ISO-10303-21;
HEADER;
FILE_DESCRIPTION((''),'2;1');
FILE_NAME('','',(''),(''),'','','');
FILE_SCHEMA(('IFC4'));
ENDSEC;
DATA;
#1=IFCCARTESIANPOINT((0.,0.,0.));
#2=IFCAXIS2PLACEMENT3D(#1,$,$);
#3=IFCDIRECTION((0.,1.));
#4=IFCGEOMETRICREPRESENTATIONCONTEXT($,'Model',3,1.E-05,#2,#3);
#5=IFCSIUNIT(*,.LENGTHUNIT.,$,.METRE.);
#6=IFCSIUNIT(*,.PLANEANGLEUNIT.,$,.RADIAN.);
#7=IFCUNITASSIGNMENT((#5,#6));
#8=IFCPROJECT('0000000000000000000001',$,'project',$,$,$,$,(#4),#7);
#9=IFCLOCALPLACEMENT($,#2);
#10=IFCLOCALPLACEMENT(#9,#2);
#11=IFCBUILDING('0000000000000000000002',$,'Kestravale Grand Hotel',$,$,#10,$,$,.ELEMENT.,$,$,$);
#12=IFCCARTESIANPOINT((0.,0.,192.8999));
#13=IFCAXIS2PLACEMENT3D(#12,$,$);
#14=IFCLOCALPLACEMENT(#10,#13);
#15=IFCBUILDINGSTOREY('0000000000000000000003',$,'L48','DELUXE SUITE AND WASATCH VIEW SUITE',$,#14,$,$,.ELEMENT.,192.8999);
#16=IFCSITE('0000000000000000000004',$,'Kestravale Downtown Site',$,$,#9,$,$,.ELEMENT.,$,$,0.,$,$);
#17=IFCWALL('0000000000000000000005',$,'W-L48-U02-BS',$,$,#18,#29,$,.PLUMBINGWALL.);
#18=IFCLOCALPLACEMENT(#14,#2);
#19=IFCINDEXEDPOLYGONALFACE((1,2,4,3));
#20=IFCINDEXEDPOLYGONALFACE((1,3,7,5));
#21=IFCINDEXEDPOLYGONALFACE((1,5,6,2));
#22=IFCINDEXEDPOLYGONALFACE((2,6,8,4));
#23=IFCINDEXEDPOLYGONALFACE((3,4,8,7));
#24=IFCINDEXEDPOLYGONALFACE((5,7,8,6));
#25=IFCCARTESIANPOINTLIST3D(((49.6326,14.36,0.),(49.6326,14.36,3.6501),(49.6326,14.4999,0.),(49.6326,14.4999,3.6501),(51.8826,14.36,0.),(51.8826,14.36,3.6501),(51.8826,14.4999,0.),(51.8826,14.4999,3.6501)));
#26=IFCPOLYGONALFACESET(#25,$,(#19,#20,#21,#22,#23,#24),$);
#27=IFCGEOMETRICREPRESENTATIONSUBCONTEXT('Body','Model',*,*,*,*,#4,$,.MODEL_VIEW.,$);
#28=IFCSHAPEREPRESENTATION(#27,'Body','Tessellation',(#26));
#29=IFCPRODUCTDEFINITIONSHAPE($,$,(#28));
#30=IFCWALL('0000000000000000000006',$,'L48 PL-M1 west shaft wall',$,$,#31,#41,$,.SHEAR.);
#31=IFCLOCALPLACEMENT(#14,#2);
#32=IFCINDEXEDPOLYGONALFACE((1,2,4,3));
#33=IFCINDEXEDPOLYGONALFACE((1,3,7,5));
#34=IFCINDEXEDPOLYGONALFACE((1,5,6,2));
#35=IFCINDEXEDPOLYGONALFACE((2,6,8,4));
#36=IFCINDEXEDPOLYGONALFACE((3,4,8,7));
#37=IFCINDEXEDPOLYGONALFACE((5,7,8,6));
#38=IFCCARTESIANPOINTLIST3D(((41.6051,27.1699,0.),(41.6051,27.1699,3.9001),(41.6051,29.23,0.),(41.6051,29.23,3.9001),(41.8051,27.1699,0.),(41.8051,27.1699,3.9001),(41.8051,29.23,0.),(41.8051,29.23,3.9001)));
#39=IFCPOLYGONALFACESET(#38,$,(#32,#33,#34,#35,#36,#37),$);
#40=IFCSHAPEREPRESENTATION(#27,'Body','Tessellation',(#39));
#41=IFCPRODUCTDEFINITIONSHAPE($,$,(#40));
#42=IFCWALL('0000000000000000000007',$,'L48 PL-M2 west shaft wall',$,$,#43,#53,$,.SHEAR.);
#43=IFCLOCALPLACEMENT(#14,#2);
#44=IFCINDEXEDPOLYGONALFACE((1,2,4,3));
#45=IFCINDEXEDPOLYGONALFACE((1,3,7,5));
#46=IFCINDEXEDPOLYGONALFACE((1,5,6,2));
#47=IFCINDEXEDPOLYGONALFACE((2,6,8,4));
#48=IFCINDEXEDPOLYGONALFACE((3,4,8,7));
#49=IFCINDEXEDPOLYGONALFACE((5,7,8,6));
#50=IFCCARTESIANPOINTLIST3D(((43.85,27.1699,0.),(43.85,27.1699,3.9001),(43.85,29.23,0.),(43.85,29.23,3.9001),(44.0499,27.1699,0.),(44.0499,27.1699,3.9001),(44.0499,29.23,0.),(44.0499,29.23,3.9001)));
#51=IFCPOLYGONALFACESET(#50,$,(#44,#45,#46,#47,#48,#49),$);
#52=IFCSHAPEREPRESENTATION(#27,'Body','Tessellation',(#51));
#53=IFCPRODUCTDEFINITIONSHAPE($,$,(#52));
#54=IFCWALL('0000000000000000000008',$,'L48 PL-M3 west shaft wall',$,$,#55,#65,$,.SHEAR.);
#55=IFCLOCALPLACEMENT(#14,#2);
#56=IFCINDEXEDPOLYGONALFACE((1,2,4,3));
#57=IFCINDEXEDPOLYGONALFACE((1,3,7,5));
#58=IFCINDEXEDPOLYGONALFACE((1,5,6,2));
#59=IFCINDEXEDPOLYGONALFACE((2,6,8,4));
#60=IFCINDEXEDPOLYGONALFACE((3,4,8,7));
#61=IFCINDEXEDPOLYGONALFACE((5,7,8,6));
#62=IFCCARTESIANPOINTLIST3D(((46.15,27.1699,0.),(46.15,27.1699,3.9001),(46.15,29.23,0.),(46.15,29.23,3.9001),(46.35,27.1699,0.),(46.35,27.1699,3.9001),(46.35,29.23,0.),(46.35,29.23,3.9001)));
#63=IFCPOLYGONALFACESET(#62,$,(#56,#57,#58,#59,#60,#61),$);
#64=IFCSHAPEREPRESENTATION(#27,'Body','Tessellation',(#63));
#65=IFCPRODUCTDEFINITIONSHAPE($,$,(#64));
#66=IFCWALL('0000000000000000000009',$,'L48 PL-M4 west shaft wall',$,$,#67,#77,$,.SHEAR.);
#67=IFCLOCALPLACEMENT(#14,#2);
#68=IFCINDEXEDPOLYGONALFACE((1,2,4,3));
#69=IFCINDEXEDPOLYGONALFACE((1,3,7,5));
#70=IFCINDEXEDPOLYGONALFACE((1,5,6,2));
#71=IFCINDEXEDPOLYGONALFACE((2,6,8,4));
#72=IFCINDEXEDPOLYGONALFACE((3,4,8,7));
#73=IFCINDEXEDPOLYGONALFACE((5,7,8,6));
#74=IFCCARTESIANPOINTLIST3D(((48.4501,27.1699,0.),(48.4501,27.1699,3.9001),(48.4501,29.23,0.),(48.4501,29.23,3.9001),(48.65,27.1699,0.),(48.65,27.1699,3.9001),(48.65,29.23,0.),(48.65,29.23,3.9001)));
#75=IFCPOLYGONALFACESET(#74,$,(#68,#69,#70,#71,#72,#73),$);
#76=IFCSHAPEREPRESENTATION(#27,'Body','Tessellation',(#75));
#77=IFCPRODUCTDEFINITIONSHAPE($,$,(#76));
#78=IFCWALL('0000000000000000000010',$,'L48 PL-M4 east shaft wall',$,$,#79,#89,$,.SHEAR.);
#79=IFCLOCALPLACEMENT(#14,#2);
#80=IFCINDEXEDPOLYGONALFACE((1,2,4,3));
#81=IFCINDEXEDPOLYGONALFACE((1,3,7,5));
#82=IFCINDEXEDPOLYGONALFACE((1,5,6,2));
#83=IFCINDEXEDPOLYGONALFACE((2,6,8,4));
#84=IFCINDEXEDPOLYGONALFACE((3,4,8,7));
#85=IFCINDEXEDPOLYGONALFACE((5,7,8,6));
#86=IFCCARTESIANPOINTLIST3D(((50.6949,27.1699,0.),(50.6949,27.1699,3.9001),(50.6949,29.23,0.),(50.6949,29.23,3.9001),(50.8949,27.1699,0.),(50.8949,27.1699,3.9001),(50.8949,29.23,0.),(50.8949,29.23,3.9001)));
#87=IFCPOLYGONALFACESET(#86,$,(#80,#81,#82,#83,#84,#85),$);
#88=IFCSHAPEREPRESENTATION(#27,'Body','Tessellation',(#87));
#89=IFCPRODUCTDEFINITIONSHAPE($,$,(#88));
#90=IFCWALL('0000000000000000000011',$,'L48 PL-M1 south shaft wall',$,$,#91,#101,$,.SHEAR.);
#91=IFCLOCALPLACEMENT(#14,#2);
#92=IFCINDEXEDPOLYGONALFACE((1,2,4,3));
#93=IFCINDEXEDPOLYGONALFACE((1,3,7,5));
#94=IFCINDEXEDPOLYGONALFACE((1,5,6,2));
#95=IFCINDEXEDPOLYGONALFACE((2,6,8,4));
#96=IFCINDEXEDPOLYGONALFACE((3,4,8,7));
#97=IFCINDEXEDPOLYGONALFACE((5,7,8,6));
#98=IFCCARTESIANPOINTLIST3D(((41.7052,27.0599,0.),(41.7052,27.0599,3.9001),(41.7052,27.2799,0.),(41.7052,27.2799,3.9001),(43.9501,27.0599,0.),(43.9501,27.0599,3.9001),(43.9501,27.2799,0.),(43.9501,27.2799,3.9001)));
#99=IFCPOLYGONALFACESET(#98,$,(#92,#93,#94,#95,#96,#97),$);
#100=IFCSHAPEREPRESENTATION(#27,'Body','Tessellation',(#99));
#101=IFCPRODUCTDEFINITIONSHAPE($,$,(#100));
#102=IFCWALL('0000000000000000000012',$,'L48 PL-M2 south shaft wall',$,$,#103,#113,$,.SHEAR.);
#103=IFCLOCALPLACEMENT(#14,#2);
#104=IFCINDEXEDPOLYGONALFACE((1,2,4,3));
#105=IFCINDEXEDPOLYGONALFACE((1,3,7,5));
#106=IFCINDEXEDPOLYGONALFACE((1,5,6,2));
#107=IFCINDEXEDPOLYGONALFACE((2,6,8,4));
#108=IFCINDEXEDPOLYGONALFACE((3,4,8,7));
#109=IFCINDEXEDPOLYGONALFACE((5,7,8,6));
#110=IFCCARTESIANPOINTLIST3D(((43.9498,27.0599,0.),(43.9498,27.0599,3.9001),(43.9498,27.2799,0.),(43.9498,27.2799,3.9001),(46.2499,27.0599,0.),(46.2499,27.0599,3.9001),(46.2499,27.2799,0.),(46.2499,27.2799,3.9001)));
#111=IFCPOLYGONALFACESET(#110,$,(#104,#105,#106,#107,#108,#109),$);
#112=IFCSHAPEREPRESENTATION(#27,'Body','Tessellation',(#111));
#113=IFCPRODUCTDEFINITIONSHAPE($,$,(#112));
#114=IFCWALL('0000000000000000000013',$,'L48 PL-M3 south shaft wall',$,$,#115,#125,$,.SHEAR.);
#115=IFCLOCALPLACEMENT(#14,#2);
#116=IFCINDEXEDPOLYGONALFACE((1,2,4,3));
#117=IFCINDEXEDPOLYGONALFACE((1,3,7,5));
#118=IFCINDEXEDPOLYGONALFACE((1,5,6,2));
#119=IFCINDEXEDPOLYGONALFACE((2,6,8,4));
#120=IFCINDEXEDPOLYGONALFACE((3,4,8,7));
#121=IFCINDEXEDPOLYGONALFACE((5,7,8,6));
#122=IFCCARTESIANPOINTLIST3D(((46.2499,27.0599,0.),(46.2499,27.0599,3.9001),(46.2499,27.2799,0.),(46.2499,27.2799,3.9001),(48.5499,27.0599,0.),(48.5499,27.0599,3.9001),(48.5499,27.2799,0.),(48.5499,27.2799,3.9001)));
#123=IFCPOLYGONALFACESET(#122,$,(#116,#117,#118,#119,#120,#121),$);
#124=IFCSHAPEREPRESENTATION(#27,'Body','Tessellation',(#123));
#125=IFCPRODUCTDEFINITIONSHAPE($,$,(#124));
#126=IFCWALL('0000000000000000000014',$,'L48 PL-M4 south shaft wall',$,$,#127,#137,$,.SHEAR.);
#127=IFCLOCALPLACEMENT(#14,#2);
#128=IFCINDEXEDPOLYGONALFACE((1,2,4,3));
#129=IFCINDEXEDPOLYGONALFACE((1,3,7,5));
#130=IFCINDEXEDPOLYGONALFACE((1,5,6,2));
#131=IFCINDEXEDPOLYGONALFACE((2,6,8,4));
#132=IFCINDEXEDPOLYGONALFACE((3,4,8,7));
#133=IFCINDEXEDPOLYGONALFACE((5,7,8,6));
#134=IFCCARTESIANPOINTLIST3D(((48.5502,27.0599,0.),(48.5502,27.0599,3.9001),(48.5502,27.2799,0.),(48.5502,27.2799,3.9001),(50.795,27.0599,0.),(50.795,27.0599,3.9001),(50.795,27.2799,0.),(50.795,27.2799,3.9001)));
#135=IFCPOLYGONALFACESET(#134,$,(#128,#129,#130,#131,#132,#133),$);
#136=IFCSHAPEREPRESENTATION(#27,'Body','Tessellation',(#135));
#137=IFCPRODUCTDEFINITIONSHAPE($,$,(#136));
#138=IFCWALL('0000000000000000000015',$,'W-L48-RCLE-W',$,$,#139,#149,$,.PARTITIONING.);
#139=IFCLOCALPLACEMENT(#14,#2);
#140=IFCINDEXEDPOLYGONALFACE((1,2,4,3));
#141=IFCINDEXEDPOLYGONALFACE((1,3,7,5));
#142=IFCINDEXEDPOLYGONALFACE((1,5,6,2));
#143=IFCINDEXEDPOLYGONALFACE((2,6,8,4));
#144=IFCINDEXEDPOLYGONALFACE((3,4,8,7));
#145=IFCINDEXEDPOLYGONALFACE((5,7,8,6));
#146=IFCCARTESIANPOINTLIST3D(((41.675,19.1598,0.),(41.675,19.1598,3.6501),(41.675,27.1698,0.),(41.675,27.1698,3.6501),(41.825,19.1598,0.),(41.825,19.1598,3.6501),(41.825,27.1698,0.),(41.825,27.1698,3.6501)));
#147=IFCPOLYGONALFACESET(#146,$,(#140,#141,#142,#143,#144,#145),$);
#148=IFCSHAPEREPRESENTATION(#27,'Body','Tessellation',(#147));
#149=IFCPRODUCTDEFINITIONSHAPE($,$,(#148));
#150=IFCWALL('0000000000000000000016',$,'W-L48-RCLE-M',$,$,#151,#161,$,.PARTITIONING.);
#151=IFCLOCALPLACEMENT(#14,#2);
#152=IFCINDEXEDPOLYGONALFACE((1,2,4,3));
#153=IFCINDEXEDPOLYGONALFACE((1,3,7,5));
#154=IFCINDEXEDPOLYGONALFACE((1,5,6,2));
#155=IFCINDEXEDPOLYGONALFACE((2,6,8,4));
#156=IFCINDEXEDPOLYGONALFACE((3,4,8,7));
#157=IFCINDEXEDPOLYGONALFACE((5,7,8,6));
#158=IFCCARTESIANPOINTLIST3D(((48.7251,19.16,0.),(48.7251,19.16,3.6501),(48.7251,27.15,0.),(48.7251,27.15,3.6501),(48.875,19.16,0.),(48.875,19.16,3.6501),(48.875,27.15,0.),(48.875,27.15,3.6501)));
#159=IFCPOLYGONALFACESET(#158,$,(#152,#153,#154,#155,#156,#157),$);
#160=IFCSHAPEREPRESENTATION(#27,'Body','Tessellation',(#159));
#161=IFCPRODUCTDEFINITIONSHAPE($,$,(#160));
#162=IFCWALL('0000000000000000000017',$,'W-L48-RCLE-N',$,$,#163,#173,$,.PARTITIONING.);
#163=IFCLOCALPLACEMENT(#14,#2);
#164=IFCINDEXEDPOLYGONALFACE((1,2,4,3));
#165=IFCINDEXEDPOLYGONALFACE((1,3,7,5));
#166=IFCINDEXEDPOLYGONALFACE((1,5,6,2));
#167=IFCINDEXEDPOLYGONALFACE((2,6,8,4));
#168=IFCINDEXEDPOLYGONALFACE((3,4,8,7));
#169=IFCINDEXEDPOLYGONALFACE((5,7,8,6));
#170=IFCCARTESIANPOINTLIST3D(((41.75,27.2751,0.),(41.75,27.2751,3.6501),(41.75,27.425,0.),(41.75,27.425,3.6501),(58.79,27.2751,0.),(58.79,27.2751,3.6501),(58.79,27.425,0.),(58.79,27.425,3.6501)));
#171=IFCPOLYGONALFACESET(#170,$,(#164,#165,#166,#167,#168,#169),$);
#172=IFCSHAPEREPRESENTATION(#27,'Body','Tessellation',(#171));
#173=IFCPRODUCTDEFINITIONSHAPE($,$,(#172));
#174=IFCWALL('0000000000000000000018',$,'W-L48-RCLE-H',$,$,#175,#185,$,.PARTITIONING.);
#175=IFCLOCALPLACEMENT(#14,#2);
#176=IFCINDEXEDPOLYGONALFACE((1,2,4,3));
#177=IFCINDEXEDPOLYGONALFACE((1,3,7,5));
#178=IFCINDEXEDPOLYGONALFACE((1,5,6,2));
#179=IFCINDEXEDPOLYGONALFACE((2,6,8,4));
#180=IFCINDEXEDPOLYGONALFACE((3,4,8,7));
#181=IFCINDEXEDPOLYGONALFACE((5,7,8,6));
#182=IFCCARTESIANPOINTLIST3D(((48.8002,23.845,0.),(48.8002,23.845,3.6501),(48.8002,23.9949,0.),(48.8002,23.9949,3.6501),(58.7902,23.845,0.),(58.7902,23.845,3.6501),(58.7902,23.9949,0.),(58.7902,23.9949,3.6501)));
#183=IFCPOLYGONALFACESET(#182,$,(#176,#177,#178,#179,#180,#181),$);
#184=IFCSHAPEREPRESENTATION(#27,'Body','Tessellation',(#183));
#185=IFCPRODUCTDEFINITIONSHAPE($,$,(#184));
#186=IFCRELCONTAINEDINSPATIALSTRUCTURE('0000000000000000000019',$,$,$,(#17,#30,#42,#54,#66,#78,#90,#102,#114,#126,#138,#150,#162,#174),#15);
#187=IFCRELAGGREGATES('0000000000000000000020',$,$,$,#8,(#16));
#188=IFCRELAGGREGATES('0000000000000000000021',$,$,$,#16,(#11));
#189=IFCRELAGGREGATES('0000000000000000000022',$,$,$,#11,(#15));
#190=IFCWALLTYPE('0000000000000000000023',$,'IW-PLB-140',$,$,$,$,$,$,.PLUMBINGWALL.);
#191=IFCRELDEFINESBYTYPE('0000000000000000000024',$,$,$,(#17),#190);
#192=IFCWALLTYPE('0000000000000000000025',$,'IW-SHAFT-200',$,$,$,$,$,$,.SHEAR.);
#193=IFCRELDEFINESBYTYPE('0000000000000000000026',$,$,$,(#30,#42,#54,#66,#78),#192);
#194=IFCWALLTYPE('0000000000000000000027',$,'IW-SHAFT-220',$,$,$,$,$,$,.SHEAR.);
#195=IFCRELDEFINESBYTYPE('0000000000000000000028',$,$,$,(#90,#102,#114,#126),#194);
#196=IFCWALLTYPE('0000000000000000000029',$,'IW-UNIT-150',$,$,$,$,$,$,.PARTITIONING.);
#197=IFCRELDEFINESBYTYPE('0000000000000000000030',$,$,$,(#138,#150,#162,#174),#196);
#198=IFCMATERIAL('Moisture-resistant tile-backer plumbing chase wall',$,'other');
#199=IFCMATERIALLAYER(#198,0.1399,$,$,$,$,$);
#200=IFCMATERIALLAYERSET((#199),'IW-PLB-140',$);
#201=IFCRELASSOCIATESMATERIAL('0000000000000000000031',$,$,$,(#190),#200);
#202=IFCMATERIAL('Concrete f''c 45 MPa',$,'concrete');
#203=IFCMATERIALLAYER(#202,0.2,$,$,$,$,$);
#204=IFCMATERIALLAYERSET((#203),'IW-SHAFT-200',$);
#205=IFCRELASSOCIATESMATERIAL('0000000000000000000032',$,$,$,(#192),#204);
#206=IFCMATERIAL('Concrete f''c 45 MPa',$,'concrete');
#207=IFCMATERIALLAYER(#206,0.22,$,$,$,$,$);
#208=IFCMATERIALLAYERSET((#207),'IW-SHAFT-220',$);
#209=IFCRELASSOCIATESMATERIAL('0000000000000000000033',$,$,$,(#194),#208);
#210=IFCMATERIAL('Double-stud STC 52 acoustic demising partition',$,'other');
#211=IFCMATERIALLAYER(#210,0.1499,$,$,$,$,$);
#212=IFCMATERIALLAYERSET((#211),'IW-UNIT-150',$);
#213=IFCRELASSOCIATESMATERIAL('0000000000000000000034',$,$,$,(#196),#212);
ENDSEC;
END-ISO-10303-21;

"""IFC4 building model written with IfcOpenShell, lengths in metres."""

from ifc_helpers import new_model, si_unit, direction, frame, frame_2d, origin, place, context, subcontext, project, spatial, rectangle, extrude, material, layer, layer_set, type_object, element, save


model = new_model("IFC4")

# Units and contexts
model_context = context("Model", 3, precision=1e-05, world=origin(), true_north=direction((0.0, 1.0)))
body_context = subcontext(model_context, "Body", "Model", "MODEL_VIEW")
ifc_project = project(units=[si_unit("LENGTHUNIT", "METRE"), si_unit("PLANEANGLEUNIT", "RADIAN")], contexts=[model_context])

# Site, building, storey
site_placement = place(None, origin())
site = spatial("IfcSite", under=ifc_project, at=site_placement, Name="Kestravale Downtown Site", CompositionType="ELEMENT", RefElevation=0.0)
building_placement = place(site_placement, origin())
building = spatial("IfcBuilding", under=site, at=building_placement, Name="Kestravale Grand Hotel", CompositionType="ELEMENT")
storey_placement = place(building_placement, frame((0.0, 0.0, 192.8999)))
storey = spatial("IfcBuildingStorey", under=building, at=storey_placement, Name="L48", Description="DELUXE SUITE AND WASATCH VIEW SUITE", CompositionType="ELEMENT", Elevation=192.8999)

# Walls
ifc_material_1 = material(Name="Moisture-resistant tile-backer plumbing chase wall", Category="other")
ifc_layer_1 = layer(ifc_material_1, 0.1399)
ifc_layer_set_1 = layer_set([ifc_layer_1], Name="IW-PLB-140")
wall_type_1 = type_object("IfcWallType", Name="IW-PLB-140", PredefinedType="PLUMBINGWALL", material=ifc_layer_set_1)
wall_1_placement = place(storey_placement, frame((49.6326, 14.4299, 0.0), z_axis=(0.0, 0.0, 1.0), x_axis=(1.0, 0.0, 0.0)))
element("IfcWall", 1, at=wall_1_placement, inside=storey, type_object=wall_type_1, Name="W-L48-U02-BS", PredefinedType="PLUMBINGWALL", context=body_context, shape_type="SweptSolid", body=[
    extrude(rectangle(XDim=2.25, YDim=0.1399, at=frame_2d((1.125, 0.0))), origin(), (0.0, 0.0, 1.0), 3.6501),
])
ifc_material_2 = material(Name="Concrete f'c 45 MPa", Category="concrete")
ifc_layer_2 = layer(ifc_material_2, 0.2)
ifc_layer_set_2 = layer_set([ifc_layer_2], Name="IW-SHAFT-200")
wall_type_2 = type_object("IfcWallType", Name="IW-SHAFT-200", PredefinedType="SHEAR", material=ifc_layer_set_2)
for number, where, z_axis, x_axis, name in (
    (2, (41.7051, 27.1699, 0.0), (0.0, 0.0, 1.0), (0.0, 1.0, 0.0), "L48 PL-M1 west shaft wall"),
    (3, (43.95, 27.1699, 0.0), (0.0, 0.0, 1.0), (0.0, 1.0, 0.0), "L48 PL-M2 west shaft wall"),
    (4, (46.25, 27.1699, 0.0), (0.0, 0.0, 1.0), (0.0, 1.0, 0.0), "L48 PL-M3 west shaft wall"),
    (5, (48.55, 27.1699, 0.0), (0.0, 0.0, 1.0), (0.0, 1.0, 0.0), "L48 PL-M4 west shaft wall"),
    (6, (50.7949, 27.1699, 0.0), (0.0, 0.0, 1.0), (0.0, 1.0, 0.0), "L48 PL-M4 east shaft wall"),
):
    element("IfcWall", number, at=place(storey_placement, frame(where, z_axis=z_axis, x_axis=x_axis)), inside=storey, type_object=wall_type_2, Name=name, PredefinedType="SHEAR", context=body_context, shape_type="SweptSolid", body=[
        extrude(rectangle(XDim=2.0601, YDim=0.2, at=frame_2d((1.03, 0.0))), origin(), (0.0, 0.0, 1.0), 3.9001),
    ])
ifc_material_3 = material(Name="Concrete f'c 45 MPa", Category="concrete")
ifc_layer_3 = layer(ifc_material_3, 0.22)
ifc_layer_set_3 = layer_set([ifc_layer_3], Name="IW-SHAFT-220")
wall_type_3 = type_object("IfcWallType", Name="IW-SHAFT-220", PredefinedType="SHEAR", material=ifc_layer_set_3)
wall_2_placement = place(storey_placement, frame((41.7051, 27.1699, 0.0), z_axis=(0.0, 0.0, 1.0), x_axis=(1.0, 0.0, 0.0)))
element("IfcWall", 7, at=wall_2_placement, inside=storey, type_object=wall_type_3, Name="L48 PL-M1 south shaft wall", PredefinedType="SHEAR", context=body_context, shape_type="SweptSolid", body=[
    extrude(rectangle(XDim=2.2449, YDim=0.22, at=frame_2d((1.1226, 0.0))), origin(), (0.0, 0.0, 1.0), 3.9001),
])
for number, where, z_axis, x_axis, name in (
    (8, (43.95, 27.1699, 0.0), (0.0, 0.0, 1.0), (1.0, 0.0, 0.0), "L48 PL-M2 south shaft wall"),
    (9, (46.25, 27.1699, 0.0), (0.0, 0.0, 1.0), (1.0, 0.0, 0.0), "L48 PL-M3 south shaft wall"),
):
    element("IfcWall", number, at=place(storey_placement, frame(where, z_axis=z_axis, x_axis=x_axis)), inside=storey, type_object=wall_type_3, Name=name, PredefinedType="SHEAR", context=body_context, shape_type="SweptSolid", body=[
        extrude(rectangle(XDim=2.3, YDim=0.22, at=frame_2d((1.1499, 0.0))), origin(), (0.0, 0.0, 1.0), 3.9001),
    ])
wall_3_placement = place(storey_placement, frame((48.55, 27.1699, 0.0), z_axis=(0.0, 0.0, 1.0), x_axis=(1.0, 0.0, 0.0)))
element("IfcWall", 10, at=wall_3_placement, inside=storey, type_object=wall_type_3, Name="L48 PL-M4 south shaft wall", PredefinedType="SHEAR", context=body_context, shape_type="SweptSolid", body=[
    extrude(rectangle(XDim=2.2449, YDim=0.22, at=frame_2d((1.1226, 0.0))), origin(), (0.0, 0.0, 1.0), 3.9001),
])
ifc_material_4 = material(Name="Double-stud STC 52 acoustic demising partition", Category="other")
ifc_layer_4 = layer(ifc_material_4, 0.1499)
ifc_layer_set_4 = layer_set([ifc_layer_4], Name="IW-UNIT-150")
wall_type_4 = type_object("IfcWallType", Name="IW-UNIT-150", PredefinedType="PARTITIONING", material=ifc_layer_set_4)
wall_4_placement = place(storey_placement, frame((41.75, 19.1599, 0.0), z_axis=(0.0, 0.0, 1.0), x_axis=(0.0, 1.0, 0.0)))
element("IfcWall", 11, at=wall_4_placement, inside=storey, type_object=wall_type_4, Name="W-L48-RCLE-W", PredefinedType="PARTITIONING", context=body_context, shape_type="SweptSolid", body=[
    extrude(rectangle(XDim=8.01, YDim=0.1499, at=frame_2d((4.0049, 0.0))), origin(), (0.0, 0.0, 1.0), 3.6501),
])
wall_5_placement = place(storey_placement, frame((48.8, 19.1599, 0.0), z_axis=(0.0, 0.0, 1.0), x_axis=(0.0, 1.0, 0.0)))
element("IfcWall", 12, at=wall_5_placement, inside=storey, type_object=wall_type_4, Name="W-L48-RCLE-M", PredefinedType="PARTITIONING", context=body_context, shape_type="SweptSolid", body=[
    extrude(rectangle(XDim=7.99, YDim=0.1499, at=frame_2d((3.9951, 0.0))), origin(), (0.0, 0.0, 1.0), 3.6501),
])
wall_6_placement = place(storey_placement, frame((41.75, 27.3501, 0.0), z_axis=(0.0, 0.0, 1.0), x_axis=(1.0, 0.0, 0.0)))
element("IfcWall", 13, at=wall_6_placement, inside=storey, type_object=wall_type_4, Name="W-L48-RCLE-N", PredefinedType="PARTITIONING", context=body_context, shape_type="SweptSolid", body=[
    extrude(rectangle(XDim=17.04, YDim=0.1499, at=frame_2d((8.52, 0.0))), origin(), (0.0, 0.0, 1.0), 3.6501),
])
wall_7_placement = place(storey_placement, frame((48.8, 23.9199, 0.0), z_axis=(0.0, 0.0, 1.0), x_axis=(1.0, 0.0, 0.0)))
element("IfcWall", 14, at=wall_7_placement, inside=storey, type_object=wall_type_4, Name="W-L48-RCLE-H", PredefinedType="PARTITIONING", context=body_context, shape_type="SweptSolid", body=[
    extrude(rectangle(XDim=9.99, YDim=0.1499, at=frame_2d((4.9951, 0.0))), origin(), (0.0, 0.0, 1.0), 3.6501),
])

save(model, "model.ifc")
